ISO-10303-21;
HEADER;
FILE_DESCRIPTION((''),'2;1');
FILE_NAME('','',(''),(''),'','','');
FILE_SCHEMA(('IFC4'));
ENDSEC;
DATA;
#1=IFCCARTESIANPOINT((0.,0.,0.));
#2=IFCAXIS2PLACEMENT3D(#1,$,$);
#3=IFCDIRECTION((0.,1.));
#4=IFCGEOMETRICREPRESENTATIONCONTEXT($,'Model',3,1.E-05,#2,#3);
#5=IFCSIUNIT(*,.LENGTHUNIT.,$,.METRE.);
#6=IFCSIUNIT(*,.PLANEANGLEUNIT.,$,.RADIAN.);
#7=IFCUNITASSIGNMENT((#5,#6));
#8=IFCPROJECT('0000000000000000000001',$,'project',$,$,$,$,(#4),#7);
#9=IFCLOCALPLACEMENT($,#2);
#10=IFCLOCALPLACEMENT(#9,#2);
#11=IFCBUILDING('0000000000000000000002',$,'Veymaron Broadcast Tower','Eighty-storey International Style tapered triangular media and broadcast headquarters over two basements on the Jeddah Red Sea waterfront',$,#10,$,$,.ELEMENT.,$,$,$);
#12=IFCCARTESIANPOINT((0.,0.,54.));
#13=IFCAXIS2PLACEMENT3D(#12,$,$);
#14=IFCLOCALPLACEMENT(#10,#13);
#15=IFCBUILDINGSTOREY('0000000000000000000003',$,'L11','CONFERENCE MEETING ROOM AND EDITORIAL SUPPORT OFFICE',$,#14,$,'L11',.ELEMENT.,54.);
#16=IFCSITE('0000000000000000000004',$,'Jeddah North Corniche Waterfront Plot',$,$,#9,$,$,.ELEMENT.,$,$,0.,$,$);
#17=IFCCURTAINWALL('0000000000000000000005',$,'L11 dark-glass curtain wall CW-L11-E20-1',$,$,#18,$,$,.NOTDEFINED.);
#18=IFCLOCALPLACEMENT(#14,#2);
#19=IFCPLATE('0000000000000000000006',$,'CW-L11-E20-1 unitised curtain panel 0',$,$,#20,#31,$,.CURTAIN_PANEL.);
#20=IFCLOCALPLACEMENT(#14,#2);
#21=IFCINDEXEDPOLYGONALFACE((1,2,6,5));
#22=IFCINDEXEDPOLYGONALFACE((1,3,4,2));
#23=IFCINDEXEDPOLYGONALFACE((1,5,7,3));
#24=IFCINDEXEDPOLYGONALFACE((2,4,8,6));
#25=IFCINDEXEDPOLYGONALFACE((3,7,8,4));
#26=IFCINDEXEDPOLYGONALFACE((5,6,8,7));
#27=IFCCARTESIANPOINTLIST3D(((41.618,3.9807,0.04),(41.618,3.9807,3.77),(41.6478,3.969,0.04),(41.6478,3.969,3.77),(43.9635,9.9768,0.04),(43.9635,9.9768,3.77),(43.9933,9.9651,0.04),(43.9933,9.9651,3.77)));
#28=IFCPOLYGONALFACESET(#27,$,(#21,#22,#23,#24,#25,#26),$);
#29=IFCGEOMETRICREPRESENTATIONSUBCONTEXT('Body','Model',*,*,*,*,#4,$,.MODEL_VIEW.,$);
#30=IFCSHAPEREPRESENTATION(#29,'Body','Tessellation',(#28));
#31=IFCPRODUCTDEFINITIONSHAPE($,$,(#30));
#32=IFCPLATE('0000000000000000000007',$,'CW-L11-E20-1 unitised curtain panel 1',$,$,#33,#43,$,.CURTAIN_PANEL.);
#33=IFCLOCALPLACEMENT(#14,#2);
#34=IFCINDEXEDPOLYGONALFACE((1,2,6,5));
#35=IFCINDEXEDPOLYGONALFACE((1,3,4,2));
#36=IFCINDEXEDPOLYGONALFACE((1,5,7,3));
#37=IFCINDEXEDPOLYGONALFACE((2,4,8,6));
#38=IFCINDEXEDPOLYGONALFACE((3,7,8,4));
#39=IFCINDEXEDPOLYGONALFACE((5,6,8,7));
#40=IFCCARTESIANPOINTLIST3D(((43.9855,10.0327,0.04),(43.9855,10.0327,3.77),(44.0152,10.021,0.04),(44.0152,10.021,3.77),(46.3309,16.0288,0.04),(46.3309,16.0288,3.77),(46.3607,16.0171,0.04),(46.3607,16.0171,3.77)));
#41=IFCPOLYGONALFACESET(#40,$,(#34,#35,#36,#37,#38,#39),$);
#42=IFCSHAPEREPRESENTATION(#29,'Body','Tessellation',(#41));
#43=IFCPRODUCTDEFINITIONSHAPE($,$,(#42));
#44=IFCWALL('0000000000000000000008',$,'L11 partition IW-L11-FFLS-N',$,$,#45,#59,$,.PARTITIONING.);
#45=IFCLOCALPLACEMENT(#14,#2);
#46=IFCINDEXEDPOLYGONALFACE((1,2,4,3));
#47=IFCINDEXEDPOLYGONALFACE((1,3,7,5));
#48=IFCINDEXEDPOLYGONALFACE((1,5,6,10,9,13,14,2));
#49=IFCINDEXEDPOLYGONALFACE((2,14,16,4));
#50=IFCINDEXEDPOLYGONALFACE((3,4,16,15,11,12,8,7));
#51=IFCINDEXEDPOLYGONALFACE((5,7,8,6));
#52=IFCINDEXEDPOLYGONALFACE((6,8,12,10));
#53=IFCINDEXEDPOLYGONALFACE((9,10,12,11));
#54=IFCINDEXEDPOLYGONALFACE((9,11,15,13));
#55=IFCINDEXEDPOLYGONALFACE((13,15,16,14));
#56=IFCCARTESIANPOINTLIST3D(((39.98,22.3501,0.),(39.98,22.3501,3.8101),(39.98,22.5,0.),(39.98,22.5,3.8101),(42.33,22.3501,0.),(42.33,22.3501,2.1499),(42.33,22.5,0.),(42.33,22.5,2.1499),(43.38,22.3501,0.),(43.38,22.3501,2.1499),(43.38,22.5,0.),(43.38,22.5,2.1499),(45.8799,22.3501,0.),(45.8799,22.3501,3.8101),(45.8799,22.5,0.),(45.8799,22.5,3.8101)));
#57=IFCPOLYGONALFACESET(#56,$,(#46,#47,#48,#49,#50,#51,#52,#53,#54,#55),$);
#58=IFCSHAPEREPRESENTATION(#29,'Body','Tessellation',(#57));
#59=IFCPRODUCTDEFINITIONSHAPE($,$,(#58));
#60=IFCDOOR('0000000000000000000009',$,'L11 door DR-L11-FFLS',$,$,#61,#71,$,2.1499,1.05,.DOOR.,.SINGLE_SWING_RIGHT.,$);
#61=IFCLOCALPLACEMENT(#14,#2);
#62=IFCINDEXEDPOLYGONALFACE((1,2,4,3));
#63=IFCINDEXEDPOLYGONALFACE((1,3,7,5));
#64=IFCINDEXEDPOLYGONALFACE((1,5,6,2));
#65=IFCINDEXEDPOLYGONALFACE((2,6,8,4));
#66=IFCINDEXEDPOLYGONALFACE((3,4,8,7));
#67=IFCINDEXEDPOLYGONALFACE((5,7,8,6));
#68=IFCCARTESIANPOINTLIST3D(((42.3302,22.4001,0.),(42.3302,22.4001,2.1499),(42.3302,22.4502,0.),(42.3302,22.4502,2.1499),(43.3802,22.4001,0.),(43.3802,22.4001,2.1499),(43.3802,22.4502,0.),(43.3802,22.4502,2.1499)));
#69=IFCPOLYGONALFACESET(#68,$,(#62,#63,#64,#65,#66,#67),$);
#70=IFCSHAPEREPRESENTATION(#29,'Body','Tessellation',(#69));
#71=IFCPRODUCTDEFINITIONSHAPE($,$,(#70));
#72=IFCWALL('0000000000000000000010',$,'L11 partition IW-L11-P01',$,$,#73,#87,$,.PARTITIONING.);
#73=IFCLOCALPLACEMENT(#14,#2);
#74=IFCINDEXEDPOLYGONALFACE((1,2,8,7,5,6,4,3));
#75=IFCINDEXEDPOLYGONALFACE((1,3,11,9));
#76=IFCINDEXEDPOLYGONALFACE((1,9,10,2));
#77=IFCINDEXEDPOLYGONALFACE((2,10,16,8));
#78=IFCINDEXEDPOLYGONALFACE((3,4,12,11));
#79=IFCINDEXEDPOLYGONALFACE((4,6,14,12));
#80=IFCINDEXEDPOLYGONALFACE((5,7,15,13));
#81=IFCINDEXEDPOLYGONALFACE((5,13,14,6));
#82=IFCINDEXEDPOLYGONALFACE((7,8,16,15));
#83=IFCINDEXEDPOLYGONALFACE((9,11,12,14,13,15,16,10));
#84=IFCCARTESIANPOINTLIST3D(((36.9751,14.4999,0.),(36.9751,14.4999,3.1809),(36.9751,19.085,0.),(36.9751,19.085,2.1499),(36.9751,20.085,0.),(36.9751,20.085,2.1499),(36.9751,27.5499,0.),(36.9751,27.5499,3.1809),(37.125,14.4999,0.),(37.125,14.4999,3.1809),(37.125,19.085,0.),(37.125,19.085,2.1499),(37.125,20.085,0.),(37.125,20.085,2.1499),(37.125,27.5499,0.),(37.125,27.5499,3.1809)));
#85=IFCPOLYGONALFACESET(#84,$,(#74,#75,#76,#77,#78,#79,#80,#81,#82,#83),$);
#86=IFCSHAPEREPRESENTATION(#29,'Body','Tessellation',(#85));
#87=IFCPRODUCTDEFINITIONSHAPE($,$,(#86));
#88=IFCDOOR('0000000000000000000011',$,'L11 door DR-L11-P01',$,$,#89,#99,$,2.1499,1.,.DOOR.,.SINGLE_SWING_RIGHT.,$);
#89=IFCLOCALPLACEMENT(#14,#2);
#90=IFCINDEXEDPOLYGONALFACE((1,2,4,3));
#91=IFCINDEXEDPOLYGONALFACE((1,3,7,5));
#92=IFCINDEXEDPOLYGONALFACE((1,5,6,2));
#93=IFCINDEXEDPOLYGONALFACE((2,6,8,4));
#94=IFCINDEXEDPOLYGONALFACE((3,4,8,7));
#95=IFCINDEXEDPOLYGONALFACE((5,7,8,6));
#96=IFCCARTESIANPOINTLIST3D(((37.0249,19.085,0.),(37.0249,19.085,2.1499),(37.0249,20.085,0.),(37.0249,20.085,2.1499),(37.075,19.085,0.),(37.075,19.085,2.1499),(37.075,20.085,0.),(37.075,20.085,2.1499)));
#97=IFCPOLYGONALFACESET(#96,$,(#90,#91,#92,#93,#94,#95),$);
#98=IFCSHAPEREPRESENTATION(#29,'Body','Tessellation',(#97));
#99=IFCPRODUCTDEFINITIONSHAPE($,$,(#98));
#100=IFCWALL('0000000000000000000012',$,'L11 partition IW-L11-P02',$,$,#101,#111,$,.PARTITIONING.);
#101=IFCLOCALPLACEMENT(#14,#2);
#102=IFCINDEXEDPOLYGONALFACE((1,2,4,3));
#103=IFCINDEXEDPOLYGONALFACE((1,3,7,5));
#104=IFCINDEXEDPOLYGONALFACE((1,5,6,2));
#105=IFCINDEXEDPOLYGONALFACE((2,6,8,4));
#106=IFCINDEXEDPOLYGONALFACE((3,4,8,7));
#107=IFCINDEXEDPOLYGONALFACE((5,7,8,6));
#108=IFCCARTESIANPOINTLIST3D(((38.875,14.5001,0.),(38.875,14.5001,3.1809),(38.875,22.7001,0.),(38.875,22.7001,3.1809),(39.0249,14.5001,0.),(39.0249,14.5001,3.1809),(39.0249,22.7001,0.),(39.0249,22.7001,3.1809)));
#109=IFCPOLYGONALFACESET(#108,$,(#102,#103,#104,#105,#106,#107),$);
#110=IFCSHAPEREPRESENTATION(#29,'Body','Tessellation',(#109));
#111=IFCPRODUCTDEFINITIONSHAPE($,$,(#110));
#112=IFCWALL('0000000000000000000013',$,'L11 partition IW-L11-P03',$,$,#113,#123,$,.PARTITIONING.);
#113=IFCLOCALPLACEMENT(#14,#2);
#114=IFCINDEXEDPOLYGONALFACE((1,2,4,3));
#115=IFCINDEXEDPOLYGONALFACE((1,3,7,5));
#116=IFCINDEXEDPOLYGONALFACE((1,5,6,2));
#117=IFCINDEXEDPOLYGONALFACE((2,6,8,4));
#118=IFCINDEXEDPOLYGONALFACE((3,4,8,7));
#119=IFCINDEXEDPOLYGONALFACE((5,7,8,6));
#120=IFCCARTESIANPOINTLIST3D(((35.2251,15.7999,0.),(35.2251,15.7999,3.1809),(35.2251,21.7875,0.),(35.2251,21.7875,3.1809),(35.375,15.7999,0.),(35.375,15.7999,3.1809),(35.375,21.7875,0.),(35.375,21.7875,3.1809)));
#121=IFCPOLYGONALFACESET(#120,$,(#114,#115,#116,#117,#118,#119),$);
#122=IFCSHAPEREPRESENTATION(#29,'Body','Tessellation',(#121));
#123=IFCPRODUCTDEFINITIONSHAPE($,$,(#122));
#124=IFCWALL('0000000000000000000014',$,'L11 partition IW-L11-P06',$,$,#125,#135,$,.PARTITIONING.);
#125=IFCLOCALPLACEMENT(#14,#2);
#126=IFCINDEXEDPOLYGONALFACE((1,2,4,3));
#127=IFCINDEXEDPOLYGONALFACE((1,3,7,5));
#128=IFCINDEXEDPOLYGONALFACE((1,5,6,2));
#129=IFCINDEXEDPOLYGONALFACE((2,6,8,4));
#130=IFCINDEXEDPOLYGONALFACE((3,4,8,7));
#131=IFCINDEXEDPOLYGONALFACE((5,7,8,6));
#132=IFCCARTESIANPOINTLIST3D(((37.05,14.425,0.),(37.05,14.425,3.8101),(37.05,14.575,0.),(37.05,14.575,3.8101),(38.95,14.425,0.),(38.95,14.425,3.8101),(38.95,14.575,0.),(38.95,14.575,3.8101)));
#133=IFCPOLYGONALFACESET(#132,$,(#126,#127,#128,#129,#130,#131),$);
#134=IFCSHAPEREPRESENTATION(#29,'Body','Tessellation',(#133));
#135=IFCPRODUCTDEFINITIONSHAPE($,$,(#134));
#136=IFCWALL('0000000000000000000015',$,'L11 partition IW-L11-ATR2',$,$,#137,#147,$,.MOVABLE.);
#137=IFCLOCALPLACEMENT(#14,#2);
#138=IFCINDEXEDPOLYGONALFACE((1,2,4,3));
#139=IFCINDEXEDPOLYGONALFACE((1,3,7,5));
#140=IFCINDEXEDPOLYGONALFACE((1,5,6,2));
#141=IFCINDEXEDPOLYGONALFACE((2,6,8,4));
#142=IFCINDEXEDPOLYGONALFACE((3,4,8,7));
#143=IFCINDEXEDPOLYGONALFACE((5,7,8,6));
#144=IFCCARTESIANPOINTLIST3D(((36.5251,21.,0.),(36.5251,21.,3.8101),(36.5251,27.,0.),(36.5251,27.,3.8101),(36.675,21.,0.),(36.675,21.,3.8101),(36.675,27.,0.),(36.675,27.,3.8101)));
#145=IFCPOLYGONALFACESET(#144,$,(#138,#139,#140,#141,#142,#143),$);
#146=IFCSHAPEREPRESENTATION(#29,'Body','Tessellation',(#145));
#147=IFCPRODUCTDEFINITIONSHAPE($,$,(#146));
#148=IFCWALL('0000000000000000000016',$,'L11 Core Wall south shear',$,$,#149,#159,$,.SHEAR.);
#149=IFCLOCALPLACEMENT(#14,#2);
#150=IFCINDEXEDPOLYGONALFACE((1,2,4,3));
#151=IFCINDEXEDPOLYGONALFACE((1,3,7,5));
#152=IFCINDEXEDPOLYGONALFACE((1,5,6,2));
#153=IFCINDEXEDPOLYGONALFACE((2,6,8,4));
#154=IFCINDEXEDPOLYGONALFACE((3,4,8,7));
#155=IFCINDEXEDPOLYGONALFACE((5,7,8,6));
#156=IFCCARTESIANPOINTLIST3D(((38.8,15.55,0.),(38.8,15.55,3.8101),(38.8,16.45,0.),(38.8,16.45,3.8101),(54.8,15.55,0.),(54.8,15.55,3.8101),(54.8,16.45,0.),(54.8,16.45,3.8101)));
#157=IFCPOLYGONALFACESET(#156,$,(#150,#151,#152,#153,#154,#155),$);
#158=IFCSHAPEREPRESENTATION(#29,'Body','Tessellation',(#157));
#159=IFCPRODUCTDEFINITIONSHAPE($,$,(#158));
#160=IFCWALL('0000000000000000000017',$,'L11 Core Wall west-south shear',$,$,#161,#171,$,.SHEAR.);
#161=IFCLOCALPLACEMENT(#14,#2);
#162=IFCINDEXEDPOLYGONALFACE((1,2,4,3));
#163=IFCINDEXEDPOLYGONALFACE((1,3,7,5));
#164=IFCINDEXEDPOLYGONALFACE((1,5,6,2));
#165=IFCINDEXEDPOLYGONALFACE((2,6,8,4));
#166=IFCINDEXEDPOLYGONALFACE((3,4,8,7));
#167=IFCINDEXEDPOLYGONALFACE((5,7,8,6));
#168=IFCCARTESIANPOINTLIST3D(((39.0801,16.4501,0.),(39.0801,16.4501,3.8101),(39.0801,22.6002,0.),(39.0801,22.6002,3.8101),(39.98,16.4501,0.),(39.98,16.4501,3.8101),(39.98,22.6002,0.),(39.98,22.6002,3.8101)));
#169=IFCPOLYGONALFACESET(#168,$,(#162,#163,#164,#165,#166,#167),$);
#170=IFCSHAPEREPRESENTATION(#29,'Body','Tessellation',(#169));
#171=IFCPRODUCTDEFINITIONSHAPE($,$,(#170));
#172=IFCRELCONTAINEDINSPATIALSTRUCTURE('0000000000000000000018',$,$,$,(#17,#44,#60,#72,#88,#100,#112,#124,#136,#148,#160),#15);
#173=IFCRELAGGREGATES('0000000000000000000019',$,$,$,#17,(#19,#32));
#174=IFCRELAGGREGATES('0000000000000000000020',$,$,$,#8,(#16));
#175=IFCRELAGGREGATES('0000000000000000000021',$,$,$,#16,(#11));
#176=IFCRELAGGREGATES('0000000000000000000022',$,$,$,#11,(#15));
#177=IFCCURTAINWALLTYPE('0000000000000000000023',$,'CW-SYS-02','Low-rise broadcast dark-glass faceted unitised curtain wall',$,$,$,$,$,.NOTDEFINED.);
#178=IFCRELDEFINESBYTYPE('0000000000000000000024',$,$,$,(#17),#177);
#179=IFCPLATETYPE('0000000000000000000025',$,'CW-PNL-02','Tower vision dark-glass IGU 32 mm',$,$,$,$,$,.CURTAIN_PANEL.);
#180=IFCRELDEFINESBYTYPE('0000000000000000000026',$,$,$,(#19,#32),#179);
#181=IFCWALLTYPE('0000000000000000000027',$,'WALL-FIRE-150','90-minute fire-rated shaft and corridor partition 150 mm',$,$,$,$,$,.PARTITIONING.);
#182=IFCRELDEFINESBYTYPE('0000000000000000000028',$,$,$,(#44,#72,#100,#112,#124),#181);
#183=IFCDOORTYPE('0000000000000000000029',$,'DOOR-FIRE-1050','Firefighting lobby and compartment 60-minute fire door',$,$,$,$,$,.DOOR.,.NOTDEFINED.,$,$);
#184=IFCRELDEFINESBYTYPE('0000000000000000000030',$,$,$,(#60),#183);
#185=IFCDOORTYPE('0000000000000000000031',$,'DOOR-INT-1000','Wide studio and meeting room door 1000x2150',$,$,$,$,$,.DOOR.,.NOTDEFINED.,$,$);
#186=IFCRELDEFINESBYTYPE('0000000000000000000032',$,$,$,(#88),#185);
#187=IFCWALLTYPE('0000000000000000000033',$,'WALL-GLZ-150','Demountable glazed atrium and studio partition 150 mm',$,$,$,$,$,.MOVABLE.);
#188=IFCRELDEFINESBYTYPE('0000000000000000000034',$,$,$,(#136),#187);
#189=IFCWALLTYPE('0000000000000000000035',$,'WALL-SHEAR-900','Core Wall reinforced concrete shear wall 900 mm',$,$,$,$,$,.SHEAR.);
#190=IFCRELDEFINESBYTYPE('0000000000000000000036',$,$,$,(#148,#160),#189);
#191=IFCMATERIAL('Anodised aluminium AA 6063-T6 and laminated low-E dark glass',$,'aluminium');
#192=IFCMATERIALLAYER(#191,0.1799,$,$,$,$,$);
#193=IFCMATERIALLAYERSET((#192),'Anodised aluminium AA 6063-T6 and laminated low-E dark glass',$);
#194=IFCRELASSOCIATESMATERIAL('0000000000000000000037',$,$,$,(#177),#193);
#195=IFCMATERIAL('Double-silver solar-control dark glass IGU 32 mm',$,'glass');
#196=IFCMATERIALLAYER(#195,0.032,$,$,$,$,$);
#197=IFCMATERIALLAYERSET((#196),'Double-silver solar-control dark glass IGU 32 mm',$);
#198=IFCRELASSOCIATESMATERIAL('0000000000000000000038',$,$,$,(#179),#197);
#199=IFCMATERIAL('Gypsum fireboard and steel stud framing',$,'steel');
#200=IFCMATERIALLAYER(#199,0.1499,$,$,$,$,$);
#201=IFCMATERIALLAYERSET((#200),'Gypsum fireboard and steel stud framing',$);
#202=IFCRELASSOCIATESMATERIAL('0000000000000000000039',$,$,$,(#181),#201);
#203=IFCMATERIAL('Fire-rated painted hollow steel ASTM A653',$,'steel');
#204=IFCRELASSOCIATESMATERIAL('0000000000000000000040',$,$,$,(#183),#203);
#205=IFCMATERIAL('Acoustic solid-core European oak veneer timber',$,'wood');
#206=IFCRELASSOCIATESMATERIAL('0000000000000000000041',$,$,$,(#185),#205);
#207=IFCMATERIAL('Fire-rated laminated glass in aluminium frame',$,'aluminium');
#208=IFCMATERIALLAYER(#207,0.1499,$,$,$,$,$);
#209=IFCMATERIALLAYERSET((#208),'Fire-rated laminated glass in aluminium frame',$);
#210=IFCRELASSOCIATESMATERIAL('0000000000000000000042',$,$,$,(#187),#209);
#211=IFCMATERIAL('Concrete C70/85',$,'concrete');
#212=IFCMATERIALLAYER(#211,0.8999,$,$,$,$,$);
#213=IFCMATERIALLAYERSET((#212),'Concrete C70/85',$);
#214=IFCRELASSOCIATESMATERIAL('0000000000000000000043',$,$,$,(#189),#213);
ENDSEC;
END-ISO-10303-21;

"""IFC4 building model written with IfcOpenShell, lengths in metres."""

from ifc_helpers import new_model, si_unit, direction, frame, frame_2d, origin, origin_2d, place, context, subcontext, project, spatial, rectangle, extrude, material, layer, layer_set, type_object, element, fill, aggregate, save


model = new_model("IFC4")

# Units and contexts
model_context = context("Model", 3, precision=1e-05, world=origin(), true_north=direction((0.0, 1.0)))
body_context = subcontext(model_context, "Body", "Model", "MODEL_VIEW")
ifc_project = project(units=[si_unit("LENGTHUNIT", "METRE"), si_unit("PLANEANGLEUNIT", "RADIAN")], contexts=[model_context])

# Site, building, storey
site_placement = place(None, origin())
site = spatial("IfcSite", under=ifc_project, at=site_placement, Name="Jeddah North Corniche Waterfront Plot", CompositionType="ELEMENT", RefElevation=0.0)
building_placement = place(site_placement, origin())
building = spatial("IfcBuilding", under=site, at=building_placement, Name="Veymaron Broadcast Tower", Description="Eighty-storey International Style tapered triangular media and broadcast headquarters over two basements on the Jeddah Red Sea waterfront", CompositionType="ELEMENT")
storey_placement = place(building_placement, frame((0.0, 0.0, 54.0)))
storey = spatial("IfcBuildingStorey", under=building, at=storey_placement, Name="L11", Description="CONFERENCE MEETING ROOM AND EDITORIAL SUPPORT OFFICE", LongName="L11", CompositionType="ELEMENT", Elevation=54.0)

# Shared definitions
ifc_material_1 = material(Name="Concrete C70/85", Category="concrete")

# Curtain wall, plates
ifc_material_2 = material(Name="Anodised aluminium AA 6063-T6 and laminated low-E dark glass", Category="aluminium")
ifc_layer_1 = layer(ifc_material_2, 0.1799)
ifc_layer_set_1 = layer_set([ifc_layer_1], Name="Anodised aluminium AA 6063-T6 and laminated low-E dark glass")
curtain_wall_type = type_object("IfcCurtainWallType", Name="CW-SYS-02", Description="Low-rise broadcast dark-glass faceted unitised curtain wall", PredefinedType="NOTDEFINED", material=ifc_layer_set_1)
curtain_wall_placement = place(storey_placement, origin())
curtain_wall = element("IfcCurtainWall", 1, at=curtain_wall_placement, inside=storey, type_object=curtain_wall_type, Name="L11 dark-glass curtain wall CW-L11-E20-1", PredefinedType="NOTDEFINED")
ifc_material_3 = material(Name="Double-silver solar-control dark glass IGU 32 mm", Category="glass")
ifc_layer_2 = layer(ifc_material_3, 0.032)
ifc_layer_set_2 = layer_set([ifc_layer_2], Name="Double-silver solar-control dark glass IGU 32 mm")
plate_type = type_object("IfcPlateType", Name="CW-PNL-02", Description="Tower vision dark-glass IGU 32 mm", PredefinedType="CURTAIN_PANEL", material=ifc_layer_set_2)
plate_1_placement = place(storey_placement, frame((42.8057, 6.9729, 0.04), z_axis=(0.0, 0.0, 1.0), x_axis=(0.364292, 0.931285, 0.0)))
plate_1 = element("IfcPlate", 2, at=plate_1_placement, type_object=plate_type, Name="CW-L11-E20-1 unitised curtain panel 0", PredefinedType="CURTAIN_PANEL", context=body_context, shape_type="SweptSolid", body=[
    extrude(rectangle(XDim=6.4385, YDim=0.032, at=origin_2d()), origin(), (0.0, 0.0, 1.0), 3.73),
])
plate_2_placement = place(storey_placement, frame((45.1731, 13.0249, 0.04), z_axis=(0.0, 0.0, 1.0), x_axis=(0.364292, 0.931285, 0.0)))
plate_2 = element("IfcPlate", 3, at=plate_2_placement, type_object=plate_type, Name="CW-L11-E20-1 unitised curtain panel 1", PredefinedType="CURTAIN_PANEL", context=body_context, shape_type="SweptSolid", body=[
    extrude(rectangle(XDim=6.4385, YDim=0.032, at=origin_2d()), origin(), (0.0, 0.0, 1.0), 3.73),
])
aggregate(curtain_wall, [plate_1, plate_2])

# Walls, openings, doors
ifc_material_4 = material(Name="Gypsum fireboard and steel stud framing", Category="steel")
ifc_layer_3 = layer(ifc_material_4, 0.1499)
ifc_layer_set_3 = layer_set([ifc_layer_3], Name="Gypsum fireboard and steel stud framing")
wall_type_1 = type_object("IfcWallType", Name="WALL-FIRE-150", Description="90-minute fire-rated shaft and corridor partition 150 mm", PredefinedType="PARTITIONING", material=ifc_layer_set_3)
wall_1_placement = place(storey_placement, frame((39.98, 22.425, 0.0), z_axis=(0.0, 0.0, 1.0), x_axis=(1.0, 0.0, 0.0)))
wall_1 = element("IfcWall", 4, at=wall_1_placement, inside=storey, type_object=wall_type_1, Name="L11 partition IW-L11-FFLS-N", PredefinedType="PARTITIONING", context=body_context, shape_type="SweptSolid", body=[
    extrude(rectangle(XDim=5.8999, YDim=0.1499, at=frame_2d((2.95, 0.0))), origin(), (0.0, 0.0, 1.0), 3.8101),
])
opening_1_placement = place(wall_1_placement, frame((2.3501, 0.0, 0.0)))
opening_1 = element("IfcOpeningElement", 5, at=opening_1_placement, cuts=wall_1, PredefinedType="OPENING", context=body_context, shape_type="SweptSolid", body=[
    extrude(rectangle(XDim=1.05, YDim=2.1499, at=frame_2d((0.5249, 1.075))), frame((0.0, 0.085, 0.0), z_axis=(0.0, -1.0, 0.0), x_axis=(1.0, 0.0, 0.0)), (0.0, 0.0, 1.0), 0.1699),
])
ifc_material_5 = material(Name="Fire-rated painted hollow steel ASTM A653", Category="steel")
door_type_1 = type_object("IfcDoorType", Name="DOOR-FIRE-1050", Description="Firefighting lobby and compartment 60-minute fire door", OperationType="NOTDEFINED", PredefinedType="DOOR", material=ifc_material_5)
door_1_placement = place(opening_1_placement, frame((1.05, 0.0, 0.0), z_axis=(0.0, 0.0, 1.0), x_axis=(-1.0, 0.0, 0.0)))
door_1 = element("IfcDoor", 6, at=door_1_placement, inside=storey, type_object=door_type_1, Name="L11 door DR-L11-FFLS", OperationType="SINGLE_SWING_RIGHT", OverallHeight=2.1499, OverallWidth=1.05, PredefinedType="DOOR", context=body_context, shape_type="SweptSolid", body=[
    extrude(rectangle(XDim=1.05, YDim=2.1499, at=frame_2d((0.5249, 1.075))), frame((0.0, 0.0249, 0.0), z_axis=(0.0, -1.0, 0.0), x_axis=(1.0, 0.0, 0.0)), (0.0, 0.0, 1.0), 0.05),
])
fill(opening_1, door_1)
wall_2_placement = place(storey_placement, frame((37.05, 14.5, 0.0), z_axis=(0.0, 0.0, 1.0), x_axis=(0.0, 1.0, 0.0)))
wall_2 = element("IfcWall", 7, at=wall_2_placement, inside=storey, type_object=wall_type_1, Name="L11 partition IW-L11-P01", PredefinedType="PARTITIONING", context=body_context, shape_type="SweptSolid", body=[
    extrude(rectangle(XDim=13.05, YDim=0.1499, at=frame_2d((6.5249, 0.0))), origin(), (0.0, 0.0, 1.0), 3.1809),
])
opening_2_placement = place(wall_2_placement, frame((4.585, 0.0, 0.0)))
opening_2 = element("IfcOpeningElement", 8, at=opening_2_placement, cuts=wall_2, PredefinedType="OPENING", context=body_context, shape_type="SweptSolid", body=[
    extrude(rectangle(XDim=1.0, YDim=2.1499, at=frame_2d((0.5, 1.075))), frame((0.0, 0.085, 0.0), z_axis=(0.0, -1.0, 0.0), x_axis=(1.0, 0.0, 0.0)), (0.0, 0.0, 1.0), 0.1699),
])
ifc_material_6 = material(Name="Acoustic solid-core European oak veneer timber", Category="wood")
door_type_2 = type_object("IfcDoorType", Name="DOOR-INT-1000", Description="Wide studio and meeting room door 1000x2150", OperationType="NOTDEFINED", PredefinedType="DOOR", material=ifc_material_6)
door_2_placement = place(opening_2_placement, frame((1.0, 0.0, 0.0), z_axis=(0.0, 0.0, 1.0), x_axis=(-1.0, 0.0, 0.0)))
door_2 = element("IfcDoor", 9, at=door_2_placement, inside=storey, type_object=door_type_2, Name="L11 door DR-L11-P01", OperationType="SINGLE_SWING_RIGHT", OverallHeight=2.1499, OverallWidth=1.0, PredefinedType="DOOR", context=body_context, shape_type="SweptSolid", body=[
    extrude(rectangle(XDim=1.0, YDim=2.1499, at=frame_2d((0.5, 1.075))), frame((0.0, 0.0249, 0.0), z_axis=(0.0, -1.0, 0.0), x_axis=(1.0, 0.0, 0.0)), (0.0, 0.0, 1.0), 0.05),
])
fill(opening_2, door_2)

# Walls
wall_3_placement = place(storey_placement, frame((38.95, 14.5, 0.0), z_axis=(0.0, 0.0, 1.0), x_axis=(0.0, 1.0, 0.0)))
element("IfcWall", 10, at=wall_3_placement, inside=storey, type_object=wall_type_1, Name="L11 partition IW-L11-P02", PredefinedType="PARTITIONING", context=body_context, shape_type="SweptSolid", body=[
    extrude(rectangle(XDim=8.2, YDim=0.1499, at=frame_2d((4.1001, 0.0))), origin(), (0.0, 0.0, 1.0), 3.1809),
])
wall_4_placement = place(storey_placement, frame((35.3, 15.8, 0.0), z_axis=(0.0, 0.0, 1.0), x_axis=(0.0, 1.0, 0.0)))
element("IfcWall", 11, at=wall_4_placement, inside=storey, type_object=wall_type_1, Name="L11 partition IW-L11-P03", PredefinedType="PARTITIONING", context=body_context, shape_type="SweptSolid", body=[
    extrude(rectangle(XDim=5.9875, YDim=0.1499, at=frame_2d((2.9937, 0.0))), origin(), (0.0, 0.0, 1.0), 3.1809),
])
wall_5_placement = place(storey_placement, frame((37.05, 14.5, 0.0), z_axis=(0.0, 0.0, 1.0), x_axis=(1.0, 0.0, 0.0)))
element("IfcWall", 12, at=wall_5_placement, inside=storey, type_object=wall_type_1, Name="L11 partition IW-L11-P06", PredefinedType="PARTITIONING", context=body_context, shape_type="SweptSolid", body=[
    extrude(rectangle(XDim=1.8999, YDim=0.1499, at=frame_2d((0.95, 0.0))), origin(), (0.0, 0.0, 1.0), 3.8101),
])
ifc_material_7 = material(Name="Fire-rated laminated glass in aluminium frame", Category="aluminium")
ifc_layer_4 = layer(ifc_material_7, 0.1499)
ifc_layer_set_4 = layer_set([ifc_layer_4], Name="Fire-rated laminated glass in aluminium frame")
wall_type_2 = type_object("IfcWallType", Name="WALL-GLZ-150", Description="Demountable glazed atrium and studio partition 150 mm", PredefinedType="MOVABLE", material=ifc_layer_set_4)
wall_6_placement = place(storey_placement, frame((36.6001, 21.0, 0.0), z_axis=(0.0, 0.0, 1.0), x_axis=(0.0, 1.0, 0.0)))
element("IfcWall", 13, at=wall_6_placement, inside=storey, type_object=wall_type_2, Name="L11 partition IW-L11-ATR2", PredefinedType="MOVABLE", context=body_context, shape_type="SweptSolid", body=[
    extrude(rectangle(XDim=6.0, YDim=0.1499, at=frame_2d((3.0, 0.0))), origin(), (0.0, 0.0, 1.0), 3.8101),
])

# Walls
ifc_layer_5 = layer(ifc_material_1, 0.8999)
ifc_layer_set_5 = layer_set([ifc_layer_5], Name="Concrete C70/85")
wall_type_3 = type_object("IfcWallType", Name="WALL-SHEAR-900", Description="Core Wall reinforced concrete shear wall 900 mm", PredefinedType="SHEAR", material=ifc_layer_set_5)
wall_7_placement = place(storey_placement, frame((38.8, 16.0, 0.0), z_axis=(0.0, 0.0, 1.0), x_axis=(1.0, 0.0, 0.0)))
element("IfcWall", 14, at=wall_7_placement, inside=storey, type_object=wall_type_3, Name="L11 Core Wall south shear", PredefinedType="SHEAR", context=body_context, shape_type="SweptSolid", body=[
    extrude(rectangle(XDim=16.0, YDim=0.8999, at=frame_2d((8.0, 0.0))), origin(), (0.0, 0.0, 1.0), 3.8101),
])
wall_8_placement = place(storey_placement, frame((39.53, 16.45, 0.0), z_axis=(0.0, 0.0, 1.0), x_axis=(0.0, 1.0, 0.0)))
element("IfcWall", 15, at=wall_8_placement, inside=storey, type_object=wall_type_3, Name="L11 Core Wall west-south shear", PredefinedType="SHEAR", context=body_context, shape_type="SweptSolid", body=[
    extrude(rectangle(XDim=6.1501, YDim=0.8999, at=frame_2d((3.0752, 0.0))), origin(), (0.0, 0.0, 1.0), 3.8101),
])

save(model, "model.ifc")
